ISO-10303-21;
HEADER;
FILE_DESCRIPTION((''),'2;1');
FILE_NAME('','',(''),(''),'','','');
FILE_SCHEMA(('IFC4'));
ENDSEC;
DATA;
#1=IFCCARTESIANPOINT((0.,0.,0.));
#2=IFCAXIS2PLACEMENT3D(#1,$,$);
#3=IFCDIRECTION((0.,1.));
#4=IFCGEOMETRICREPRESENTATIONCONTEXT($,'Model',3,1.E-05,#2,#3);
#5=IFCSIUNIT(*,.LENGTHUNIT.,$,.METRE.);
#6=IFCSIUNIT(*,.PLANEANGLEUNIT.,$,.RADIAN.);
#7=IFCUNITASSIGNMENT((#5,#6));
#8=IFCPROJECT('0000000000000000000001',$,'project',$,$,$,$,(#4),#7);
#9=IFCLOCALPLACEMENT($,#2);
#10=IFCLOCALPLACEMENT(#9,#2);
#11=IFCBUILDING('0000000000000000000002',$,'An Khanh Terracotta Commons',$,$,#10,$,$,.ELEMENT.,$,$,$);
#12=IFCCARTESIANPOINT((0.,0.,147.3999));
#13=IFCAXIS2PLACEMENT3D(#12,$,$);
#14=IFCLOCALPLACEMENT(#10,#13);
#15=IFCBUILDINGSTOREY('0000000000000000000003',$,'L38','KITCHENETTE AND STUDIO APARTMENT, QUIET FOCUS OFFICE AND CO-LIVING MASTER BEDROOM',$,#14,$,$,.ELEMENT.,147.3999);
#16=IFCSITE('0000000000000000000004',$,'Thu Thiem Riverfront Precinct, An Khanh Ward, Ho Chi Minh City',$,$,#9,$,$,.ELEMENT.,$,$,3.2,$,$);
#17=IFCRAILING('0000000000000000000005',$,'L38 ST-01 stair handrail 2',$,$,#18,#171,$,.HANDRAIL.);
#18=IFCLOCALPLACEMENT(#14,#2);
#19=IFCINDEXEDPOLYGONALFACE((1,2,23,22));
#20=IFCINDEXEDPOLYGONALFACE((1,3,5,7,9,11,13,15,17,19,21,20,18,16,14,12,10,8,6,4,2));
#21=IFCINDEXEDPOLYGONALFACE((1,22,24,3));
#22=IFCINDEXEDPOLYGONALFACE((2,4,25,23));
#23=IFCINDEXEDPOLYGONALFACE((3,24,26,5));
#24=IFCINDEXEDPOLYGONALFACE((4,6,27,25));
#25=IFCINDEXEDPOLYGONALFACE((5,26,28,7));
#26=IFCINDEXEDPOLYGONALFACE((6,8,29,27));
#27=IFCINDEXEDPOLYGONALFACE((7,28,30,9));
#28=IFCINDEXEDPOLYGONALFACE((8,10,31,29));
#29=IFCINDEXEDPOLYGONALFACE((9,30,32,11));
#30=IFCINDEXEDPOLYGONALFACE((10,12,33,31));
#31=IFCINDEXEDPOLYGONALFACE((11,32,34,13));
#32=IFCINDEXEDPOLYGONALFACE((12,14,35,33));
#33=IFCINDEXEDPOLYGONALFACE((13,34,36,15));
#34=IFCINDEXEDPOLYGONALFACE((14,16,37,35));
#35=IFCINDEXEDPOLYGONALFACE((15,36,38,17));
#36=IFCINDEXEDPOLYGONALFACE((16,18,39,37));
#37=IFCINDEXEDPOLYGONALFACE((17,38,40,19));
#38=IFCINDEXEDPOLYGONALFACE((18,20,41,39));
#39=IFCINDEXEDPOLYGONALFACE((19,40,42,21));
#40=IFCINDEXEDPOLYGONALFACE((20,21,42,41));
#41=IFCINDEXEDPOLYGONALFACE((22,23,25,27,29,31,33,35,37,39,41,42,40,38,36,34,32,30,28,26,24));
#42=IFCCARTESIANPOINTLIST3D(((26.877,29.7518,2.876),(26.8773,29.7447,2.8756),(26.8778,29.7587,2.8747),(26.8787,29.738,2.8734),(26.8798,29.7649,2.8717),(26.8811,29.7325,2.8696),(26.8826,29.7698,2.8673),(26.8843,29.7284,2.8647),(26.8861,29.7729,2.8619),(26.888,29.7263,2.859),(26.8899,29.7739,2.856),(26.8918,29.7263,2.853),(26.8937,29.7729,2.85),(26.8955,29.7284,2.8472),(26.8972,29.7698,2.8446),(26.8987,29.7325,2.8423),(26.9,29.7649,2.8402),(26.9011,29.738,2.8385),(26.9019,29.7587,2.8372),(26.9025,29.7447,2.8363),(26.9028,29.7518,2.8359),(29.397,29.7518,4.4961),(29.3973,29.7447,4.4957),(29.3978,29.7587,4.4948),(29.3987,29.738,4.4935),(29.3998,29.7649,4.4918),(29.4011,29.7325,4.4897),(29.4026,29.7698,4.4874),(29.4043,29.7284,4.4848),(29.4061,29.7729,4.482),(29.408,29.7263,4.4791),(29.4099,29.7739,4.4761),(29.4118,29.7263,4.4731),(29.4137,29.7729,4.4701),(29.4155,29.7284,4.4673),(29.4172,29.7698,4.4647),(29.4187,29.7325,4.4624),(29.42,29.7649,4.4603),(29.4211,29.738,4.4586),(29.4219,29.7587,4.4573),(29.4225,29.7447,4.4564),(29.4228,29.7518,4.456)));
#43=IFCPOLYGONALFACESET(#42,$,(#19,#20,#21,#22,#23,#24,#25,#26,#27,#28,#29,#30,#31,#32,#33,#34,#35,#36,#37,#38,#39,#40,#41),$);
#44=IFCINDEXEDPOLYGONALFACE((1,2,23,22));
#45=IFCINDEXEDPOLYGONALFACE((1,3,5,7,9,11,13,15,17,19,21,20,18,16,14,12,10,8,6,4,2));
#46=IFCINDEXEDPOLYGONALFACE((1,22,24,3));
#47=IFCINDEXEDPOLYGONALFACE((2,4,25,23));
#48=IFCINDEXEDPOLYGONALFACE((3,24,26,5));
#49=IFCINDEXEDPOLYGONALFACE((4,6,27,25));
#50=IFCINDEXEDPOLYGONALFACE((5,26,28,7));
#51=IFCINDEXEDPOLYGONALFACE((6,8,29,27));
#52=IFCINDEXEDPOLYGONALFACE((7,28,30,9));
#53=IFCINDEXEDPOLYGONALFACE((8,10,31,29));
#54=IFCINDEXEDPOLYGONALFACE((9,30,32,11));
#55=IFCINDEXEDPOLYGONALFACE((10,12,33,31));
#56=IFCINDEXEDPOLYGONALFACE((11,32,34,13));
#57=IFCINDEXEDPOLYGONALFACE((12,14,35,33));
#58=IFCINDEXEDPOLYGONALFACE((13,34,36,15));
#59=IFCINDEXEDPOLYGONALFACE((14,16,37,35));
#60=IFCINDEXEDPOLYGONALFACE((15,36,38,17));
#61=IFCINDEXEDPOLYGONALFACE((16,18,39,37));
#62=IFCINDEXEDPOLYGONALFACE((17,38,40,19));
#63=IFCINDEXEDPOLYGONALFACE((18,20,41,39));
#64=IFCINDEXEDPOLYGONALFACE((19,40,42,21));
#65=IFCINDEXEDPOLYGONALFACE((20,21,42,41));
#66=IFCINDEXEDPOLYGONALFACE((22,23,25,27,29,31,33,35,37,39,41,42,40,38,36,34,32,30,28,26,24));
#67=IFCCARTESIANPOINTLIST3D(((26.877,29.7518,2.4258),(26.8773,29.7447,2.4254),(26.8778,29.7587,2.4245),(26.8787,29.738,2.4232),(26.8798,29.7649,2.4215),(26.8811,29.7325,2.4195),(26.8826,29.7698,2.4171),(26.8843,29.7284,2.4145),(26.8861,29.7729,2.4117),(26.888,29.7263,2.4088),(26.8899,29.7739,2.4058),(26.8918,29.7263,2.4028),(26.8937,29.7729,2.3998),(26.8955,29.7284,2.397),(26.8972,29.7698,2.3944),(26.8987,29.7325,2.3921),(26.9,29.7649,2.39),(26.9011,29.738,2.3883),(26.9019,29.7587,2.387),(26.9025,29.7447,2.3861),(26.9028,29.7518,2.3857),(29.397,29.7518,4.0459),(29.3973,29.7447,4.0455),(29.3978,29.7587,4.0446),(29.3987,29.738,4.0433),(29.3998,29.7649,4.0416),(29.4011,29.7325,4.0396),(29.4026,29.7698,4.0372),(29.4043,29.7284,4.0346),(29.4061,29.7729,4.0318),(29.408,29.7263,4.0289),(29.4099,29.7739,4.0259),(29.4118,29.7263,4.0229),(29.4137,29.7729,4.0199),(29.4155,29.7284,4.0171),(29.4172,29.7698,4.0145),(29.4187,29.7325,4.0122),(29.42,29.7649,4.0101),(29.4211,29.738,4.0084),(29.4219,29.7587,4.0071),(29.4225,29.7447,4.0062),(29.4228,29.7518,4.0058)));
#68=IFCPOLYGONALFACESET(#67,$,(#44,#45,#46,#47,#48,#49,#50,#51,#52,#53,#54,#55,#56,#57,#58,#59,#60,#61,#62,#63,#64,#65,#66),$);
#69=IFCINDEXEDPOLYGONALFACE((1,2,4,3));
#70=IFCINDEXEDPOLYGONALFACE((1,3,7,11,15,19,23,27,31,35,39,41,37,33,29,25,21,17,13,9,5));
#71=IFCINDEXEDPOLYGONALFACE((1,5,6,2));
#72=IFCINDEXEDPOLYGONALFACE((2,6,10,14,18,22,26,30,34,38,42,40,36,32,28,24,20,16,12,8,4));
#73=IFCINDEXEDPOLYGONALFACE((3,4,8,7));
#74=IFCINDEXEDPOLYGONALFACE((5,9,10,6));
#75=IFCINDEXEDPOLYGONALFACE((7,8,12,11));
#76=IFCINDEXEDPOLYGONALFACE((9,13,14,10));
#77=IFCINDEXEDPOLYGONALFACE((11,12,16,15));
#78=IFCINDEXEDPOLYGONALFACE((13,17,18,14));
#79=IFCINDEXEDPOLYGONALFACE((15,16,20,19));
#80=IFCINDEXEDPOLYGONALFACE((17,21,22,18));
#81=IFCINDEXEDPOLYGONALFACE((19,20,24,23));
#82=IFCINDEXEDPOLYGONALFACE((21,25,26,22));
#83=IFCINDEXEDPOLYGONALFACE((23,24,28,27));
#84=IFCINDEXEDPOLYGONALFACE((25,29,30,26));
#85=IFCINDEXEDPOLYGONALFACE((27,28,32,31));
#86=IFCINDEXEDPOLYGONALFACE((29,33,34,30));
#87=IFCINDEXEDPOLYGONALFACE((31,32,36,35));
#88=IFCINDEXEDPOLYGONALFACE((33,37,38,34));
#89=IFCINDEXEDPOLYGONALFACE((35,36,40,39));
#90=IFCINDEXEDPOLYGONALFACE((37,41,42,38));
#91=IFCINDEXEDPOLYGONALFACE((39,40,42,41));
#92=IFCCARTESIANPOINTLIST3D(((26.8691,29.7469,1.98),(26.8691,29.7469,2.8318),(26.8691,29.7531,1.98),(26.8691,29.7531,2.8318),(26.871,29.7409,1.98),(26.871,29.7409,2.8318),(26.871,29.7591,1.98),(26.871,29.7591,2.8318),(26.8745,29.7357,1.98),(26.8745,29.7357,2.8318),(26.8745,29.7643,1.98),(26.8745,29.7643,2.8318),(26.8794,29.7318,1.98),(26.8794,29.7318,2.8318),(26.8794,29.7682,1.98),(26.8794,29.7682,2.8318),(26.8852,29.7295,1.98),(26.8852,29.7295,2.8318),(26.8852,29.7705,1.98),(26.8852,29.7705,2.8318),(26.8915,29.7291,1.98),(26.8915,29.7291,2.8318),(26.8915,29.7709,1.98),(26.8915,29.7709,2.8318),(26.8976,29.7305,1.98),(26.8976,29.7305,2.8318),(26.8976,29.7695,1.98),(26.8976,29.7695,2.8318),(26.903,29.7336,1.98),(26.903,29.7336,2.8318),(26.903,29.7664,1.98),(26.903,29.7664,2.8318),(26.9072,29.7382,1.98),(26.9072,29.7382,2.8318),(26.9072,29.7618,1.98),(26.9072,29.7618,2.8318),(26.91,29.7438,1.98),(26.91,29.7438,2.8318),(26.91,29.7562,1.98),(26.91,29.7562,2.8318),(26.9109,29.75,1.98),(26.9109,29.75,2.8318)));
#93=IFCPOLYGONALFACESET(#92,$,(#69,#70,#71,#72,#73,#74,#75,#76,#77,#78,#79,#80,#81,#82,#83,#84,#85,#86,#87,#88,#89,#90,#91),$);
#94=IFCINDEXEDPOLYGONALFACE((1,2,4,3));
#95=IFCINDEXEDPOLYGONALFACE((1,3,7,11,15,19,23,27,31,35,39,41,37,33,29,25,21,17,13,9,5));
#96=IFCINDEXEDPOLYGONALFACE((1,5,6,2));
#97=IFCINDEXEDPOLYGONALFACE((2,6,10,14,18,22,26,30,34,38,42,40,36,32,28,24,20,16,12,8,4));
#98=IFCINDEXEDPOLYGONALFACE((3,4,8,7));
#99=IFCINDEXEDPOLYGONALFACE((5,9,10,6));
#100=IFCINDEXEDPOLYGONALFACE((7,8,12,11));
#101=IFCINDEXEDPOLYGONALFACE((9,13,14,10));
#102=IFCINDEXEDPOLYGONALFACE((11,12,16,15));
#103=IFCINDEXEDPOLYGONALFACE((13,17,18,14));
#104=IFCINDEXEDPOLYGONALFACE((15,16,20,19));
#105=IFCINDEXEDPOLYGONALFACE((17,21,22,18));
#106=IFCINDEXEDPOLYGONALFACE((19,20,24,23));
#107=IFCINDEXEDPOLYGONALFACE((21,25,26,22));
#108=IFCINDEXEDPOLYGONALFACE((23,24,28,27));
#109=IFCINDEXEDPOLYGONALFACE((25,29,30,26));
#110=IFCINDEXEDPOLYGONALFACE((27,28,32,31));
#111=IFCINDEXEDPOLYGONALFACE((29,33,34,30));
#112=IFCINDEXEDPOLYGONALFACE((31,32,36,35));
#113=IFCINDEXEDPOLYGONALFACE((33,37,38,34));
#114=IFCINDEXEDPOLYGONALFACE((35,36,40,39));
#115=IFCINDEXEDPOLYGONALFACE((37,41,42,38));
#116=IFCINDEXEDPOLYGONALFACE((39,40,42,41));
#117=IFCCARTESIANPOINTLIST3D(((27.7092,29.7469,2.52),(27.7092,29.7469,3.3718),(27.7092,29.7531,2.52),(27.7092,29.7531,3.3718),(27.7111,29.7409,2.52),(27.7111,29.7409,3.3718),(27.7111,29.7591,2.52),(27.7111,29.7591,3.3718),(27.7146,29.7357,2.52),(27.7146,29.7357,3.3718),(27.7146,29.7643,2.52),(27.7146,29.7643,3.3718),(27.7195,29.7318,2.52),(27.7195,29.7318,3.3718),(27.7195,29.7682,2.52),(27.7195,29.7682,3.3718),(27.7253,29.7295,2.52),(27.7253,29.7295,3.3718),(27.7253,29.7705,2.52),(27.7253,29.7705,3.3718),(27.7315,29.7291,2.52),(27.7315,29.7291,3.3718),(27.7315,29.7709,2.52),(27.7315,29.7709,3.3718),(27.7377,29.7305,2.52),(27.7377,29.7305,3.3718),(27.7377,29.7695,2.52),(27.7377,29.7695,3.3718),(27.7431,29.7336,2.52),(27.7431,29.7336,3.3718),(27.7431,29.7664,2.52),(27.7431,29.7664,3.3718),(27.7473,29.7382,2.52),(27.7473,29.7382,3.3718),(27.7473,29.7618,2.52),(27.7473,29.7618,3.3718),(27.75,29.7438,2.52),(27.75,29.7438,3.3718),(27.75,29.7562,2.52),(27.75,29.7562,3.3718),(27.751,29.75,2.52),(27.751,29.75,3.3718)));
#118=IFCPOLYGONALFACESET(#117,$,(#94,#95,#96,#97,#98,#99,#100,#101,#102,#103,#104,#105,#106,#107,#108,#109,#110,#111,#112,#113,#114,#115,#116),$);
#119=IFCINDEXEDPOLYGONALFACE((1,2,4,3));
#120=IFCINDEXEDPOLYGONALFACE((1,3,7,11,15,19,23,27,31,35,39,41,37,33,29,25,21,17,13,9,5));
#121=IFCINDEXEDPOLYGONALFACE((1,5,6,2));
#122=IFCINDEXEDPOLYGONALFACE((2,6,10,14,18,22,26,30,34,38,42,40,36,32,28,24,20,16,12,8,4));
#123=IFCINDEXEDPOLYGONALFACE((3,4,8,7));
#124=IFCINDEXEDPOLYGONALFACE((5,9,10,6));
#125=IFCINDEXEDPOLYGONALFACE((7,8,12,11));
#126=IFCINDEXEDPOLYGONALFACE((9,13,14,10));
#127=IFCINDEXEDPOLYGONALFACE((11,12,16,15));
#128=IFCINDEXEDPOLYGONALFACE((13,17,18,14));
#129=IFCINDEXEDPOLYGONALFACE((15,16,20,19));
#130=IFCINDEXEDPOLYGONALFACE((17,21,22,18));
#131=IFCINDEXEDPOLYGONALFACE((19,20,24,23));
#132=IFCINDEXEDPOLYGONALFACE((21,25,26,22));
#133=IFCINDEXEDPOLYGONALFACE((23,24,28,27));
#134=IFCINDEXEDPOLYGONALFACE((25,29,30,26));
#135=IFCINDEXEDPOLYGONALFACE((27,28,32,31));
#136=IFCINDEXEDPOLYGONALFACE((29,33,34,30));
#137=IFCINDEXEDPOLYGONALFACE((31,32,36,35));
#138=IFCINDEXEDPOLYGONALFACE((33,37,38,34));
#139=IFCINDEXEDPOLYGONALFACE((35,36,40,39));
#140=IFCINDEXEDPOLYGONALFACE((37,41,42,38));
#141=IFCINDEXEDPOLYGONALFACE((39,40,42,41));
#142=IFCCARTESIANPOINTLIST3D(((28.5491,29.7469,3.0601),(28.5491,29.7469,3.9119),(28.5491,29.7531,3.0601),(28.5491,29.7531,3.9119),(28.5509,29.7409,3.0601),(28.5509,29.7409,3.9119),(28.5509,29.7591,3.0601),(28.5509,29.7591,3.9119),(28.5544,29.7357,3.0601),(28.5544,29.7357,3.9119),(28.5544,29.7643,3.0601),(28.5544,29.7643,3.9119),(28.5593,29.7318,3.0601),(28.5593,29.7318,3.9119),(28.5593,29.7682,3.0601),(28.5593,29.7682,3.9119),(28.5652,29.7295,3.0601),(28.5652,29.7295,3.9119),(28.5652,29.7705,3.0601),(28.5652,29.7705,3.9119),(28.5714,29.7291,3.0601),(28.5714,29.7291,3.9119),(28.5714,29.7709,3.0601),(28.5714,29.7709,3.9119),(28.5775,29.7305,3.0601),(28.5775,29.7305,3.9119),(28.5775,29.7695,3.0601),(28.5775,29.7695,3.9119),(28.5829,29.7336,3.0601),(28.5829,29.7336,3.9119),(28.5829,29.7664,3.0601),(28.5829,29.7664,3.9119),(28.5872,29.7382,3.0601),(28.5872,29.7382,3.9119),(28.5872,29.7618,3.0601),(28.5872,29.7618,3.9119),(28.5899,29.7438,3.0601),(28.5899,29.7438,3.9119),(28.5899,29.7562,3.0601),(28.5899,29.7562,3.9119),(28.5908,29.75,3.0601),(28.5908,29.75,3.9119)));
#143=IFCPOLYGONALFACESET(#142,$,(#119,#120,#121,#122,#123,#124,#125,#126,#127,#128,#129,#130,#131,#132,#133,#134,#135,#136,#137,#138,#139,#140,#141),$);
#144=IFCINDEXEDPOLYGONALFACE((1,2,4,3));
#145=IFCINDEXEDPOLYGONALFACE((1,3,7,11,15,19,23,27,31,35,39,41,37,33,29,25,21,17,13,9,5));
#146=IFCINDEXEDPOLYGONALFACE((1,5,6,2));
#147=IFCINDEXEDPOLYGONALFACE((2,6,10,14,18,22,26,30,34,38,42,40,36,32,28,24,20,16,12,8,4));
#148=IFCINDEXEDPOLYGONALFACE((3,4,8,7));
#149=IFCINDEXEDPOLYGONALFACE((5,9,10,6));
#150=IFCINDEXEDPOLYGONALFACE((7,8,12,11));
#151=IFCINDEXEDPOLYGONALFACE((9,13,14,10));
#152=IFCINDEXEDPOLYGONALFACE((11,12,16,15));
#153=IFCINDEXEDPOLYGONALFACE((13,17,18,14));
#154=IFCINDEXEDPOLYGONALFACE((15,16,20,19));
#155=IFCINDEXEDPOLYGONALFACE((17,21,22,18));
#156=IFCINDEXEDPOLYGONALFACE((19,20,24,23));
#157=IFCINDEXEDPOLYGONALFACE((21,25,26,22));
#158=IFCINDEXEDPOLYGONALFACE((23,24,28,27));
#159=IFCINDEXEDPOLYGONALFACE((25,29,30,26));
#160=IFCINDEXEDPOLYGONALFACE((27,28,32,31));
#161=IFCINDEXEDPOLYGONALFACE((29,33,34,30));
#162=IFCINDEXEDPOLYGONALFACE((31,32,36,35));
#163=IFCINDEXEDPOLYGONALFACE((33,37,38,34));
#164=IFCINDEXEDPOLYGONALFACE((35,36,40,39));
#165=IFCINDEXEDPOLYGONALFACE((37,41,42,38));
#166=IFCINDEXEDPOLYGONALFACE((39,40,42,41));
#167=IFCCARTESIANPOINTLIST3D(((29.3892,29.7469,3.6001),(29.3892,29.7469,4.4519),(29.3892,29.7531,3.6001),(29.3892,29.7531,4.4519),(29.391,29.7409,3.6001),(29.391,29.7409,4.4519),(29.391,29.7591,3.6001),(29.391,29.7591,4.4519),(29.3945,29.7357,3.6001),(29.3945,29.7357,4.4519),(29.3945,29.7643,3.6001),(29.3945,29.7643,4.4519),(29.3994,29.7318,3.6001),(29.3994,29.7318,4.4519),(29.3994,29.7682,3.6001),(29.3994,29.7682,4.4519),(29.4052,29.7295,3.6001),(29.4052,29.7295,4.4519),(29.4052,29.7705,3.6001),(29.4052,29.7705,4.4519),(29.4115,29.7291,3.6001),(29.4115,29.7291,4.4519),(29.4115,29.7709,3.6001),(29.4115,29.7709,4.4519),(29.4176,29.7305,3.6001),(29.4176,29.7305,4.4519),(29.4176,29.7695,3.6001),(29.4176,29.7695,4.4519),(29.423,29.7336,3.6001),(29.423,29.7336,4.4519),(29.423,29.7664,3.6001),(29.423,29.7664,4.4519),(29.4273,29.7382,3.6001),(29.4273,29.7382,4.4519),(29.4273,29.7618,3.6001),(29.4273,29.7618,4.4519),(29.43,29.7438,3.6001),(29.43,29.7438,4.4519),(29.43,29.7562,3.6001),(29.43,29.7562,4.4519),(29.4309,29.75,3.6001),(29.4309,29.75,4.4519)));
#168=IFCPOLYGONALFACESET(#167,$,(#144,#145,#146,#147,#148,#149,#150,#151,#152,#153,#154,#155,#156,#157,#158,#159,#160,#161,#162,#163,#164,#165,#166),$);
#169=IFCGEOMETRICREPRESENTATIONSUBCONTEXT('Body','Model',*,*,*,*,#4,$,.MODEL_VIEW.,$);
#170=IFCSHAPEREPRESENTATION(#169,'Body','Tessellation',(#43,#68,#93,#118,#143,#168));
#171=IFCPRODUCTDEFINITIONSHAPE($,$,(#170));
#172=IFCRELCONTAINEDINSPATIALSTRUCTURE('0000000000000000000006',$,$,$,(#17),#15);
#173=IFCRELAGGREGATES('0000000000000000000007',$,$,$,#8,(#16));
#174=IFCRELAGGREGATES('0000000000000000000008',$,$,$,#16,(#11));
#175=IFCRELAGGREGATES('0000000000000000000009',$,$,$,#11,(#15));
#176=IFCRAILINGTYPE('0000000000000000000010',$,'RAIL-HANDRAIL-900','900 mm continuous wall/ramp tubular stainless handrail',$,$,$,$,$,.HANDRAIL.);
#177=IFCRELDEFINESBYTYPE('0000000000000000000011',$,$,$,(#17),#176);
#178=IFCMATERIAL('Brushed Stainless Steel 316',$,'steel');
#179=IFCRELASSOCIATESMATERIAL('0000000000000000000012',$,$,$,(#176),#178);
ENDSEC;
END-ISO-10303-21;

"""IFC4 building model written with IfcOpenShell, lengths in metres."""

from ifc_helpers import new_model, si_unit, direction, frame, origin, origin_2d, place, context, subcontext, project, spatial, circle, extrude, material, type_object, element, save


model = new_model("IFC4")

# Units and contexts
model_context = context("Model", 3, precision=1e-05, world=origin(), true_north=direction((0.0, 1.0)))
body_context = subcontext(model_context, "Body", "Model", "MODEL_VIEW")
ifc_project = project(units=[si_unit("LENGTHUNIT", "METRE"), si_unit("PLANEANGLEUNIT", "RADIAN")], contexts=[model_context])

# Site, building, storey
site_placement = place(None, origin())
site = spatial("IfcSite", under=ifc_project, at=site_placement, Name="Thu Thiem Riverfront Precinct, An Khanh Ward, Ho Chi Minh City", CompositionType="ELEMENT", RefElevation=3.2)
building_placement = place(site_placement, origin())
building = spatial("IfcBuilding", under=site, at=building_placement, Name="An Khanh Terracotta Commons", CompositionType="ELEMENT")
storey_placement = place(building_placement, frame((0.0, 0.0, 147.3999)))
storey = spatial("IfcBuildingStorey", under=building, at=storey_placement, Name="L38", Description="KITCHENETTE AND STUDIO APARTMENT, QUIET FOCUS OFFICE AND CO-LIVING MASTER BEDROOM", CompositionType="ELEMENT", Elevation=147.3999)

# Railing
ifc_material_1 = material(Name="Brushed Stainless Steel 316", Category="steel")
railing_type_1 = type_object("IfcRailingType", Name="RAIL-HANDRAIL-900", Description="900 mm continuous wall/ramp tubular stainless handrail", PredefinedType="HANDRAIL", material=ifc_material_1)
railing_1_placement = place(storey_placement, frame((26.8899, 29.75, 1.98)))
element("IfcRailing", 1, at=railing_1_placement, inside=storey, type_object=railing_type_1, Name="L38 ST-01 stair handrail 2", PredefinedType="HANDRAIL", context=body_context, shape_type="SweptSolid", body=[
    extrude(circle(Radius=0.0239, at=origin_2d()), frame((0.0, 0.0, 0.876), z_axis=(0.841163, 0.0, 0.540782), x_axis=(0.0, 1.0, 0.0)), (0.0, 0.0, 1.0), 2.9958),
    extrude(circle(Radius=0.0239, at=origin_2d()), frame((0.0, 0.0, 0.4258), z_axis=(0.841163, 0.0, 0.540782), x_axis=(0.0, 1.0, 0.0)), (0.0, 0.0, 1.0), 2.9958),
    extrude(circle(Radius=0.021, at=origin_2d()), origin(), (0.0, 0.0, 1.0), 0.8518),
    extrude(circle(Radius=0.021, at=origin_2d()), frame((0.8401, 0.0, 0.54)), (0.0, 0.0, 1.0), 0.8518),
    extrude(circle(Radius=0.021, at=origin_2d()), frame((1.6799, 0.0, 1.0801)), (0.0, 0.0, 1.0), 0.8518),
    extrude(circle(Radius=0.021, at=origin_2d()), frame((2.52, 0.0, 1.6201)), (0.0, 0.0, 1.0), 0.8518),
])

save(model, "model.ifc")
